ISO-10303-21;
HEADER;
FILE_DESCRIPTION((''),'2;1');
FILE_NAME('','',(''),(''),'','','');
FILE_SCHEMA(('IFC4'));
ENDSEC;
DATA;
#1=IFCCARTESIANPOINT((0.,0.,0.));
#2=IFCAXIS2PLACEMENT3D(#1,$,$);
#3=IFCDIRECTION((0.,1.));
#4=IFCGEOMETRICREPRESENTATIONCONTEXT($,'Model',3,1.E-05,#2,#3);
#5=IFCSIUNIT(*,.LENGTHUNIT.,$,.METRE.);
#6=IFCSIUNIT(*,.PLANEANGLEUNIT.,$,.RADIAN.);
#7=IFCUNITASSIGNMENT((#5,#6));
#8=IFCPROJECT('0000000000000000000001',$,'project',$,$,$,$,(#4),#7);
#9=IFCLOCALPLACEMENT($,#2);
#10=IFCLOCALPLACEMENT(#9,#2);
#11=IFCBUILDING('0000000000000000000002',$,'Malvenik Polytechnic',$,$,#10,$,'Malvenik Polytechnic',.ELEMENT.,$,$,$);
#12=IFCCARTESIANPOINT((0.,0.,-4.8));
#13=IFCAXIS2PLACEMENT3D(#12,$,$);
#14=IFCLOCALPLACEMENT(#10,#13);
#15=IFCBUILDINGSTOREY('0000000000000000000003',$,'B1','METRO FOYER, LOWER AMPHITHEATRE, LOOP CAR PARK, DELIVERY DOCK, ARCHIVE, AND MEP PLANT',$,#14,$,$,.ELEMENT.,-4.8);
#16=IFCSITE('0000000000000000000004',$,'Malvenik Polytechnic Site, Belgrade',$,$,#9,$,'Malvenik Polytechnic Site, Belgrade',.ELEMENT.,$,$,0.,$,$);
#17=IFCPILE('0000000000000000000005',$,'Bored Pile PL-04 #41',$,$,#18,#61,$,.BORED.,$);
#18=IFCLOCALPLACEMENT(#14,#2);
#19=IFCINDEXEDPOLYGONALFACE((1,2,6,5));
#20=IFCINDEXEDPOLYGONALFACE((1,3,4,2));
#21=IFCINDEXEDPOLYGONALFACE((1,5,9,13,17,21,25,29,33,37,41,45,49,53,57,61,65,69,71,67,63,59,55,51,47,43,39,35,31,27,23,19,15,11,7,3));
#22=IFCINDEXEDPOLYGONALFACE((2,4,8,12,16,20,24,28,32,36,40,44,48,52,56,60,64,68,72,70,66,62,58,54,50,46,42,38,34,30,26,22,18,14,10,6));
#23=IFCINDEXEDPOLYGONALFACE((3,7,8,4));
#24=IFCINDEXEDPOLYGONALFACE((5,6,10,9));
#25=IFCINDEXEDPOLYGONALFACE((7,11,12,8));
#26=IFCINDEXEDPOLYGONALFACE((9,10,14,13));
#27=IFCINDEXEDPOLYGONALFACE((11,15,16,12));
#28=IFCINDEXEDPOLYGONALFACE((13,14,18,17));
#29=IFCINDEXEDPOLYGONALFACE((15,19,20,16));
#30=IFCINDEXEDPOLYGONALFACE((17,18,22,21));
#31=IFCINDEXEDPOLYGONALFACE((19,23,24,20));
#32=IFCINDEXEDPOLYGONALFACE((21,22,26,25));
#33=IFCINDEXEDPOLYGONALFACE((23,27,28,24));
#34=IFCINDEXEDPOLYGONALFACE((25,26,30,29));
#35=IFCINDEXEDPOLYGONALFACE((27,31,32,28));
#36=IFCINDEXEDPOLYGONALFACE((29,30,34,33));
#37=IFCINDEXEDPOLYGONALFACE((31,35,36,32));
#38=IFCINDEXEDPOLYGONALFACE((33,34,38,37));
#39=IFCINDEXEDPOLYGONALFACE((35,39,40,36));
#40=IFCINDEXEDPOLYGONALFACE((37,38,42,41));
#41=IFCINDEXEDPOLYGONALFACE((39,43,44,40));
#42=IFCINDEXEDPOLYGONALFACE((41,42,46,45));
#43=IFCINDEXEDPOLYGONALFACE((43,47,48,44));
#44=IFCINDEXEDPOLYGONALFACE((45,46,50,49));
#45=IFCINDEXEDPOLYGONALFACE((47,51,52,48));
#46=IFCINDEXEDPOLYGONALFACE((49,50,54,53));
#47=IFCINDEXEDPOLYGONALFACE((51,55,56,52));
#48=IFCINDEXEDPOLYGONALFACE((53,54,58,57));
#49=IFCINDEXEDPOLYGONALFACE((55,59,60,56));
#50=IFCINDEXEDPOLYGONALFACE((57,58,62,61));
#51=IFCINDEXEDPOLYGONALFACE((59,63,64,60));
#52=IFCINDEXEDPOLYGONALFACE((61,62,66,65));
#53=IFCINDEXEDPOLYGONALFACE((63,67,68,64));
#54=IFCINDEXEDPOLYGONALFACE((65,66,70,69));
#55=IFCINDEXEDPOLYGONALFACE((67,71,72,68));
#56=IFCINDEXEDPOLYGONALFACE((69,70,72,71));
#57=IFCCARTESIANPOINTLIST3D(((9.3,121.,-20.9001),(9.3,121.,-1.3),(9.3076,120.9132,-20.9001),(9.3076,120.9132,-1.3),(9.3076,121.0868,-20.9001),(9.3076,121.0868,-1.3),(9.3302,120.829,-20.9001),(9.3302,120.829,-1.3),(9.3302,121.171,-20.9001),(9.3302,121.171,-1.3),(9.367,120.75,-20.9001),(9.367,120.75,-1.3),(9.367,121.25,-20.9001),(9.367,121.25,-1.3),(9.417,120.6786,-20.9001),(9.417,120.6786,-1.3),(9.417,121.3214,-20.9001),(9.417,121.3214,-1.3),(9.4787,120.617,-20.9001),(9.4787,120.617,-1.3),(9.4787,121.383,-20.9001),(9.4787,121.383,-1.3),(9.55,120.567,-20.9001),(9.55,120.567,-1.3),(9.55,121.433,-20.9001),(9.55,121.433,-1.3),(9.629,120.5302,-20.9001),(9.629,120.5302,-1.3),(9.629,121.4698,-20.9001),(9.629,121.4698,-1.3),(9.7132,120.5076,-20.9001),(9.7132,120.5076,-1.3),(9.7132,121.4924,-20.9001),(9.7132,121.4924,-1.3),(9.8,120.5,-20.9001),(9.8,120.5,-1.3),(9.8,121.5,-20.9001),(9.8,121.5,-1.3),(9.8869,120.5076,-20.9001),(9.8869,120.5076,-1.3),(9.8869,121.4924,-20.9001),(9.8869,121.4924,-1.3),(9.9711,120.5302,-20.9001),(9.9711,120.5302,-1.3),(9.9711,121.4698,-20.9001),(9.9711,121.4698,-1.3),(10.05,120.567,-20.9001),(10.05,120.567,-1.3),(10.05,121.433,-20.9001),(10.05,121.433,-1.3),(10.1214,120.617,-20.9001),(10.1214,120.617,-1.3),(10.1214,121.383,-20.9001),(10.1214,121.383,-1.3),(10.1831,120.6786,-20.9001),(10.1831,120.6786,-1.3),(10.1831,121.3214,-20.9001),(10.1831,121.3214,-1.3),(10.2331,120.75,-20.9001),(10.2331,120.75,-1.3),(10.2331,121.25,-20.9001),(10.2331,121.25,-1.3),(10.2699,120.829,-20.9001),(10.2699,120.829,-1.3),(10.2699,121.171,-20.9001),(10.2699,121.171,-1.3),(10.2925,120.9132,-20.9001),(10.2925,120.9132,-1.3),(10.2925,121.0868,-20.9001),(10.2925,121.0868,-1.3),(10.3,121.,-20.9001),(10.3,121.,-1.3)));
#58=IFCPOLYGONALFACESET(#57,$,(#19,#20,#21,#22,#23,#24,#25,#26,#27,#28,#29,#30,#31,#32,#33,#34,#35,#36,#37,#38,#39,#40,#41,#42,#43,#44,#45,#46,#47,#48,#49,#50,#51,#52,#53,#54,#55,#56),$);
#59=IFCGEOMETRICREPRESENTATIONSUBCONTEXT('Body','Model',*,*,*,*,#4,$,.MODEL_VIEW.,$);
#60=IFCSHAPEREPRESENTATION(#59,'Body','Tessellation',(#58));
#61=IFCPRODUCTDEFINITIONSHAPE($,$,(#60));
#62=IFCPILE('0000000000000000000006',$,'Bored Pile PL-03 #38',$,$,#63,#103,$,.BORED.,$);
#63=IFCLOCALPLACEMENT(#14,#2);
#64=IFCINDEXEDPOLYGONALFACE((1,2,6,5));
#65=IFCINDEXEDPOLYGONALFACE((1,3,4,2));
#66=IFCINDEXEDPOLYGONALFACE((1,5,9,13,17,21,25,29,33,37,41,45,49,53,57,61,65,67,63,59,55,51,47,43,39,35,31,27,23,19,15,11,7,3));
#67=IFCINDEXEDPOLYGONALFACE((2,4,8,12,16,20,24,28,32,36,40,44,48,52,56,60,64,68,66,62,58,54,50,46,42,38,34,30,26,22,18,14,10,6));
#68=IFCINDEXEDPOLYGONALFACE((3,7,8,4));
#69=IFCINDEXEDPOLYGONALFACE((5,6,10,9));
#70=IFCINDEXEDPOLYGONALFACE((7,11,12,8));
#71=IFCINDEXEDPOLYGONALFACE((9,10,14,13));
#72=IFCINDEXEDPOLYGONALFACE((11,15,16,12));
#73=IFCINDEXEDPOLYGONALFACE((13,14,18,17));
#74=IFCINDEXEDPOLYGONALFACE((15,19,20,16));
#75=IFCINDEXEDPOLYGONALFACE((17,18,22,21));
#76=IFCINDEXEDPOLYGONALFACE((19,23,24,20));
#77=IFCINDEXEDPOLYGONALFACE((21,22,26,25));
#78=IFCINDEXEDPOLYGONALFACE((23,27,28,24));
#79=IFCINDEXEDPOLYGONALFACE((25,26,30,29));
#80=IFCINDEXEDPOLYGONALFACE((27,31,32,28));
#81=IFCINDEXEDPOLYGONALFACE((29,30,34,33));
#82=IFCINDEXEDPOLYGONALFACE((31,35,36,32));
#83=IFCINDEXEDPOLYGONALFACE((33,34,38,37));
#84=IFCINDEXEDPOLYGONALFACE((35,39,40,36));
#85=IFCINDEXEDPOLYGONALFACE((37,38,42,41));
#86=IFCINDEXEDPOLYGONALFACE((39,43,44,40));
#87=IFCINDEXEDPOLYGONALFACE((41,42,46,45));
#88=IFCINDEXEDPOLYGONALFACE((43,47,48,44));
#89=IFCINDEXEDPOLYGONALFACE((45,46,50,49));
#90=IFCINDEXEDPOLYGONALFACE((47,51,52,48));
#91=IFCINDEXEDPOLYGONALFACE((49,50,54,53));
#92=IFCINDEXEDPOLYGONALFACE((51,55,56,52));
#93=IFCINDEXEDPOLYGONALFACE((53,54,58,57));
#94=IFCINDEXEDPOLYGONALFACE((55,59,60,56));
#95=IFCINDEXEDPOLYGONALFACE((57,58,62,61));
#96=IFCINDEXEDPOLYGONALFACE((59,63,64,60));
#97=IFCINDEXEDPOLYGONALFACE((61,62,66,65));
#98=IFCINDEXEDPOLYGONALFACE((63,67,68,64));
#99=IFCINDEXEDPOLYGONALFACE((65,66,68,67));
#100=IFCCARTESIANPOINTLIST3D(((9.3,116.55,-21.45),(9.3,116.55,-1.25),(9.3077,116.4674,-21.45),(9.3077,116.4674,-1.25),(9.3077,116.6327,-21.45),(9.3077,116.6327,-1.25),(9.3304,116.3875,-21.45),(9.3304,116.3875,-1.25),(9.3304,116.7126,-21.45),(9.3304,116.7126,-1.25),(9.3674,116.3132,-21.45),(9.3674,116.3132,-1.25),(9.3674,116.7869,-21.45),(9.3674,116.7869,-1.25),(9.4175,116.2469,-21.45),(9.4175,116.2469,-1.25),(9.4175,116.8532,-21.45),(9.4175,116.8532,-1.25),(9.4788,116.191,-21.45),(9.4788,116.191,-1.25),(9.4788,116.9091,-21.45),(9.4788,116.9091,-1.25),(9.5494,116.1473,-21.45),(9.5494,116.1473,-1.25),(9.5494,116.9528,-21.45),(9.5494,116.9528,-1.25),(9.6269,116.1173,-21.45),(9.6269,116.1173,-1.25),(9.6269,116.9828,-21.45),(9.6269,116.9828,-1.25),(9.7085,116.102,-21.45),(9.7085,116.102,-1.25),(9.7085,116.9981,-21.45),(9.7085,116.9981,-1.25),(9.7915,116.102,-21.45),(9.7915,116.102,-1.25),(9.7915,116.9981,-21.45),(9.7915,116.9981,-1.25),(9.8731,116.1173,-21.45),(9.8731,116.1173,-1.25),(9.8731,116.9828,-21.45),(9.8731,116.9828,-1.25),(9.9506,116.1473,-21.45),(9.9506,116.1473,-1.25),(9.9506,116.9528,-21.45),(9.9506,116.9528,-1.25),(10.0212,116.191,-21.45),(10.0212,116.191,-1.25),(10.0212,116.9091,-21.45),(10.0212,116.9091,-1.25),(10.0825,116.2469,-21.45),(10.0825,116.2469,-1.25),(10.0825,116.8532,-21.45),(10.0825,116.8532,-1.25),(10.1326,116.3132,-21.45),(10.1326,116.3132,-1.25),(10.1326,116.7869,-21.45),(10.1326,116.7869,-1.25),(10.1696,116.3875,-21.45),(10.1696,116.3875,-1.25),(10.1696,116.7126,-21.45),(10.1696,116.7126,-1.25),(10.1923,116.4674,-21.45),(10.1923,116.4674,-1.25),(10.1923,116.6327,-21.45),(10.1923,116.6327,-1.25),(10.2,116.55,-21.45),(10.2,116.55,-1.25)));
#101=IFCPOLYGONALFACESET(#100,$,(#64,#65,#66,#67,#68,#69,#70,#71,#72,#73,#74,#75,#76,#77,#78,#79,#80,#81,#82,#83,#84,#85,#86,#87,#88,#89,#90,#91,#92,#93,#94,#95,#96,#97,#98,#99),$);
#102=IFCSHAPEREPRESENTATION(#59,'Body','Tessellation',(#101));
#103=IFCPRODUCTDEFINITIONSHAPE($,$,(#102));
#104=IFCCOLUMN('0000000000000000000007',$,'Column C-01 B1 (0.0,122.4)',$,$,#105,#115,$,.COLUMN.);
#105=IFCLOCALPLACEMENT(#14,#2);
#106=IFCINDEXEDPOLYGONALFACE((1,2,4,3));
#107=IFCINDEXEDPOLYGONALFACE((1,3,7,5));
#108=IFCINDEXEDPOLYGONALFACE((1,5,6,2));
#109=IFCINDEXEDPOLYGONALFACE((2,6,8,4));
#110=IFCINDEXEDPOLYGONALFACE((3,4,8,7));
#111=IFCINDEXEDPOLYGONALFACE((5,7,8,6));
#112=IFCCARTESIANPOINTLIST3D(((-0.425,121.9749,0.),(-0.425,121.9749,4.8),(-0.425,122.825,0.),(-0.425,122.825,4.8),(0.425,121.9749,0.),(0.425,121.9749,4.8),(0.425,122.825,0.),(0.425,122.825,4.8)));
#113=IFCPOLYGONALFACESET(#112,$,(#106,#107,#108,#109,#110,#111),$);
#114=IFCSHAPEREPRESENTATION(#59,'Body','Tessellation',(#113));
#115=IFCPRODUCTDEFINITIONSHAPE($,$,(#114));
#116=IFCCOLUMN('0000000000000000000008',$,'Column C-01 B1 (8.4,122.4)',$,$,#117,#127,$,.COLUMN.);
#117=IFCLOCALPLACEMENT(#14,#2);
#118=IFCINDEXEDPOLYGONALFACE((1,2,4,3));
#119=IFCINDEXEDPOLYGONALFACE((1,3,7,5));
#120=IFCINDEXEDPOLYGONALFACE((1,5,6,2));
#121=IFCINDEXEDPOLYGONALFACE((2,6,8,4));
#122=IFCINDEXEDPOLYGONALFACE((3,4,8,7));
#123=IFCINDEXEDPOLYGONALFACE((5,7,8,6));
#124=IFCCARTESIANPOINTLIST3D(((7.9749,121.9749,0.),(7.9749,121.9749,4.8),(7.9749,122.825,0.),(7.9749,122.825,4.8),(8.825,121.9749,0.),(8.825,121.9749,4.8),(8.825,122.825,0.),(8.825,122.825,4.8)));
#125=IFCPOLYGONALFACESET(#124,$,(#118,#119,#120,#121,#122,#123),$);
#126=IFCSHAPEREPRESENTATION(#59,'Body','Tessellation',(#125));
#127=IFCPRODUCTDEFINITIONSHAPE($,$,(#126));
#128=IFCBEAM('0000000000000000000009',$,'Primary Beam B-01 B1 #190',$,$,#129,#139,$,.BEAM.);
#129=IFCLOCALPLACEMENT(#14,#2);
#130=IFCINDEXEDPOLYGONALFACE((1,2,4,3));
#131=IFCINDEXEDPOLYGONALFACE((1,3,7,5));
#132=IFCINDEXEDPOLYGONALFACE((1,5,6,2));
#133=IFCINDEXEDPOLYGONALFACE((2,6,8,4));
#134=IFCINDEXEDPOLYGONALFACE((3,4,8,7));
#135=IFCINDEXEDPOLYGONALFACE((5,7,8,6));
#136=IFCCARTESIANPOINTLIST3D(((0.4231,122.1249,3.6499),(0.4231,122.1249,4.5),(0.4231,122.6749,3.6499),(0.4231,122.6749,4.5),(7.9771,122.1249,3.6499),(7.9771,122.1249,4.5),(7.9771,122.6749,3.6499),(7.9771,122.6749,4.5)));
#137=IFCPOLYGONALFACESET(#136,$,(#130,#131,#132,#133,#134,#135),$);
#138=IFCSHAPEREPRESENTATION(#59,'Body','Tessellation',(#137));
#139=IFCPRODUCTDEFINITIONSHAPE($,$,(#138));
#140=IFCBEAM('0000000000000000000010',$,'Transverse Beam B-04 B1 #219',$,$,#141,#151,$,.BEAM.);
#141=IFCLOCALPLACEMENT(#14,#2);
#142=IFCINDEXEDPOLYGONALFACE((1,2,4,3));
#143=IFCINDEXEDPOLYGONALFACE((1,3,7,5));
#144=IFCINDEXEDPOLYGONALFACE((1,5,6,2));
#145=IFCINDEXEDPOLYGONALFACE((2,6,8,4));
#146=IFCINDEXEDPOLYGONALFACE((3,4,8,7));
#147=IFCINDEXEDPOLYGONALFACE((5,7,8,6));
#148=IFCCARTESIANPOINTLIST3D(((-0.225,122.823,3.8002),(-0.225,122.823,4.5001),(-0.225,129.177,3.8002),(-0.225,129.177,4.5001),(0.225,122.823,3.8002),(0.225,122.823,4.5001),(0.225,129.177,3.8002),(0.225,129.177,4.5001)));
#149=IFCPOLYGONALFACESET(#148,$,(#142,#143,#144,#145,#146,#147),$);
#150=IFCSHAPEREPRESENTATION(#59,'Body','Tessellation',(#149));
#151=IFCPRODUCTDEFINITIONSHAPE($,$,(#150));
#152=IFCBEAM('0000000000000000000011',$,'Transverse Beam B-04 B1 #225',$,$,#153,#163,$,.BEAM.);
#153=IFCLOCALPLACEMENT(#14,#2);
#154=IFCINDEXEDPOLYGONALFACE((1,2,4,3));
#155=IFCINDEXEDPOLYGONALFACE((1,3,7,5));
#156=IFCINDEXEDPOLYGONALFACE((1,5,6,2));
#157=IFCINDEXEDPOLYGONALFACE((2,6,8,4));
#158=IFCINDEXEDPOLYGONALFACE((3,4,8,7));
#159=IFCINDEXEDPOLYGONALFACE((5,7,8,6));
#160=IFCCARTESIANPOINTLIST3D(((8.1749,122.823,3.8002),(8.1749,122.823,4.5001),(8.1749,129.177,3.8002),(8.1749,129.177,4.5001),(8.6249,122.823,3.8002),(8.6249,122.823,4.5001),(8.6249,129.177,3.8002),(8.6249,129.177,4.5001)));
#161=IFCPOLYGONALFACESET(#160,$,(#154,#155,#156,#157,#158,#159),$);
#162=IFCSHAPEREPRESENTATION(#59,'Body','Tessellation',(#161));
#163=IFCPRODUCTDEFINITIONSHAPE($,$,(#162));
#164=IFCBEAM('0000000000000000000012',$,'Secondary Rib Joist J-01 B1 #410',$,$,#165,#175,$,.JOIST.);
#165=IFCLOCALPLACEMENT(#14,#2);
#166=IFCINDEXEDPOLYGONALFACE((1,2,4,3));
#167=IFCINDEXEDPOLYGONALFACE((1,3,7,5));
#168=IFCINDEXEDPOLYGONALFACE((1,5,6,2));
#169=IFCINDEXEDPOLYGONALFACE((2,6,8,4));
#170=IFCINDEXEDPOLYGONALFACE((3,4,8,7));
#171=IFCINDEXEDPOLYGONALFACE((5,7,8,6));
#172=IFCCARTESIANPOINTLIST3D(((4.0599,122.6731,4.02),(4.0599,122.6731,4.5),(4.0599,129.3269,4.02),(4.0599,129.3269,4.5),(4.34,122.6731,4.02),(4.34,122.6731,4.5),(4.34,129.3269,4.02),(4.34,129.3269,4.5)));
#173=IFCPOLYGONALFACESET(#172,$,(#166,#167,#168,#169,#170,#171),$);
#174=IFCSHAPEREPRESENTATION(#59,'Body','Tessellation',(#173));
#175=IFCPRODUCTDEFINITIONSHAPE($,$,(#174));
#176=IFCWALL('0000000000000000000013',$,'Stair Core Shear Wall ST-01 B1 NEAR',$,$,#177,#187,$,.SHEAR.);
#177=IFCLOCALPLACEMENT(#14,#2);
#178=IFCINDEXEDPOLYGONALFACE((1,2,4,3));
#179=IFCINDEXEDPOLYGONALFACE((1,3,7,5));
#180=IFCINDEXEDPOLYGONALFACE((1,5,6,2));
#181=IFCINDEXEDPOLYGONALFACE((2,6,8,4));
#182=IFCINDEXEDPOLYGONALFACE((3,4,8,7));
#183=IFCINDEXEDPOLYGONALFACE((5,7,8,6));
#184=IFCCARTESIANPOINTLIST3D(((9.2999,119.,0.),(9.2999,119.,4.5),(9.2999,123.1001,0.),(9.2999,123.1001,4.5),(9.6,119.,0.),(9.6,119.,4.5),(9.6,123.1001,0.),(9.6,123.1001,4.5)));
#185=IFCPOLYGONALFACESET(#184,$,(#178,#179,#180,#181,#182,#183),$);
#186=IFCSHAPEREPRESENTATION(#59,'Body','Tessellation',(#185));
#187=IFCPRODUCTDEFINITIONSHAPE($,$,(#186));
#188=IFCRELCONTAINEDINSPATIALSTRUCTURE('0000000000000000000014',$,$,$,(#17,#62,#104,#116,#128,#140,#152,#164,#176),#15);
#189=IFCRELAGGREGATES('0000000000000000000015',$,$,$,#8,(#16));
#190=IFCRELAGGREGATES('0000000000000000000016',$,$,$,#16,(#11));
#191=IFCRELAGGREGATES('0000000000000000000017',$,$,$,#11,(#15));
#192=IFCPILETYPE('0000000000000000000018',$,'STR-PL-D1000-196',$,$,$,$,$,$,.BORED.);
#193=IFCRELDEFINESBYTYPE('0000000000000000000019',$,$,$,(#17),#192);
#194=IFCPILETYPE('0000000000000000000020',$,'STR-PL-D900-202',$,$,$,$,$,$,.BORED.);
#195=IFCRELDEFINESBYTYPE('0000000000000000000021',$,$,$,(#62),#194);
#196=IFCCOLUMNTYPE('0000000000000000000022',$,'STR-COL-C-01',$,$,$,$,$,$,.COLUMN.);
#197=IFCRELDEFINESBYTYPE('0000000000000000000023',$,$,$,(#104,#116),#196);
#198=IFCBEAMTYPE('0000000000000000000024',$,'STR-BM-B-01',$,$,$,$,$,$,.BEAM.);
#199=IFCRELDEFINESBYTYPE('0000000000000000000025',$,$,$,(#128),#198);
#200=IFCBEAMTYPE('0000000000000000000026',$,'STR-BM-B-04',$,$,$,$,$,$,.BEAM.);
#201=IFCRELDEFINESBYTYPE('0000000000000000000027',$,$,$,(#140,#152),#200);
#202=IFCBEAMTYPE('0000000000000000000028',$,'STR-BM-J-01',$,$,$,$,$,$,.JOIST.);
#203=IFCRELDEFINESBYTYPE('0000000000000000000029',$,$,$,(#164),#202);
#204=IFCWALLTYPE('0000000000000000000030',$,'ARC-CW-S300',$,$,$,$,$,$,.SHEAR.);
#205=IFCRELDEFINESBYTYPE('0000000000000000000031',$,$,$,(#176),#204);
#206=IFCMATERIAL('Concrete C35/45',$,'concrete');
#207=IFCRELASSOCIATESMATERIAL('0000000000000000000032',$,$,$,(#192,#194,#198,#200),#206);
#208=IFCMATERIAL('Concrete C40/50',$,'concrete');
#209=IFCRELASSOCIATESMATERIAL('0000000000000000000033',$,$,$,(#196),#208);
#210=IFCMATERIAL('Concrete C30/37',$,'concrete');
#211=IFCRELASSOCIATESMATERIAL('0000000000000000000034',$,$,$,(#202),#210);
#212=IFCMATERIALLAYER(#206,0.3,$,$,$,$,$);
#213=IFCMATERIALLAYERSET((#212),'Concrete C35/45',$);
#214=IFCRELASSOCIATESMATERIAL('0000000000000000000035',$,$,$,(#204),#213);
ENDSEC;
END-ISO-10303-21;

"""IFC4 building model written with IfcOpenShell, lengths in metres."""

from ifc_helpers import new_model, si_unit, direction, frame, frame_2d, origin, origin_2d, place, context, subcontext, project, spatial, rectangle, circle, extrude, material, layer, layer_set, material_profile, profile_set, type_object, element, save


model = new_model("IFC4")

# Units and contexts
model_context = context("Model", 3, precision=1e-05, world=origin(), true_north=direction((0.0, 1.0)))
body_context = subcontext(model_context, "Body", "Model", "MODEL_VIEW")
ifc_project = project(units=[si_unit("LENGTHUNIT", "METRE"), si_unit("PLANEANGLEUNIT", "RADIAN")], contexts=[model_context])

# Site, building, storey
site_placement = place(None, origin())
site = spatial("IfcSite", under=ifc_project, at=site_placement, Name="Malvenik Polytechnic Site, Belgrade", LongName="Malvenik Polytechnic Site, Belgrade", CompositionType="ELEMENT", RefElevation=0.0)
building_placement = place(site_placement, origin())
building = spatial("IfcBuilding", under=site, at=building_placement, Name="Malvenik Polytechnic", LongName="Malvenik Polytechnic", CompositionType="ELEMENT")
storey_placement = place(building_placement, frame((0.0, 0.0, -4.8)))
storey = spatial("IfcBuildingStorey", under=building, at=storey_placement, Name="B1", Description="METRO FOYER, LOWER AMPHITHEATRE, LOOP CAR PARK, DELIVERY DOCK, ARCHIVE, AND MEP PLANT", CompositionType="ELEMENT", Elevation=-4.8)

# Shared definitions
ifc_material_1 = material(Name="Concrete C35/45", Category="concrete")

# Piles
ifc_material_profile_1 = material_profile(ifc_material_1, circle(Radius=0.5, at=origin_2d()), Name="BORED PILE D1000")
ifc_profile_set_1 = profile_set([ifc_material_profile_1], Name="Concrete C35/45")
pile_type_1 = type_object("IfcPileType", Name="STR-PL-D1000-196", PredefinedType="BORED", material=ifc_profile_set_1)
for number, where, z_axis, x_axis, name in (
    (1, (9.8, 121.0, -1.3), (0.0, 0.0, -1.0), (1.0, 0.0, 0.0), "Bored Pile PL-04 #41"),
):
    element("IfcPile", number, at=place(storey_placement, frame(where, z_axis=z_axis, x_axis=x_axis)), inside=storey, type_object=pile_type_1, Name=name, PredefinedType="BORED", context=body_context, shape_type="SweptSolid", body=[
        extrude(circle(Radius=0.5, at=origin_2d()), origin(), (0.0, 0.0, 1.0), 19.6001),
    ])
ifc_material_profile_2 = material_profile(ifc_material_1, circle(Radius=0.45, at=origin_2d()), Name="BORED PILE D900")
ifc_profile_set_2 = profile_set([ifc_material_profile_2], Name="Concrete C35/45")
pile_type_2 = type_object("IfcPileType", Name="STR-PL-D900-202", PredefinedType="BORED", material=ifc_profile_set_2)
pile_placement = place(storey_placement, frame((9.75, 116.55, -1.25), z_axis=(0.0, 0.0, -1.0), x_axis=(1.0, 0.0, 0.0)))
element("IfcPile", 2, at=pile_placement, inside=storey, type_object=pile_type_2, Name="Bored Pile PL-03 #38", PredefinedType="BORED", context=body_context, shape_type="SweptSolid", body=[
    extrude(circle(Radius=0.45, at=origin_2d()), origin(), (0.0, 0.0, 1.0), 20.2),
])

# Columns
ifc_material_2 = material(Name="Concrete C40/50", Category="concrete")
ifc_material_profile_3 = material_profile(ifc_material_2, rectangle(XDim=0.8501, YDim=0.8501, at=origin_2d()), Name="RC COL 850x850")
ifc_profile_set_3 = profile_set([ifc_material_profile_3], Name="Concrete C40/50")
column_type = type_object("IfcColumnType", Name="STR-COL-C-01", PredefinedType="COLUMN", material=ifc_profile_set_3)
for number, where, z_axis, x_axis, name in (
    (3, (0.0, 122.3999, 0.0), (0.0, 0.0, 1.0), (1.0, 0.0, 0.0), "Column C-01 B1 (0.0,122.4)"),
    (4, (8.3999, 122.3999, 0.0), (0.0, 0.0, 1.0), (1.0, 0.0, 0.0), "Column C-01 B1 (8.4,122.4)"),
):
    element("IfcColumn", number, at=place(storey_placement, frame(where, z_axis=z_axis, x_axis=x_axis)), inside=storey, type_object=column_type, Name=name, PredefinedType="COLUMN", context=body_context, shape_type="SweptSolid", body=[
        extrude(rectangle(XDim=0.8501, YDim=0.8501, at=origin_2d()), origin(), (0.0, 0.0, 1.0), 4.8),
    ])

# Beams
ifc_material_profile_4 = material_profile(ifc_material_1, rectangle(XDim=0.55, YDim=0.8501, at=origin_2d()), Name="RC BM 550x850")
ifc_profile_set_4 = profile_set([ifc_material_profile_4], Name="Concrete C35/45")
beam_type_1 = type_object("IfcBeamType", Name="STR-BM-B-01", PredefinedType="BEAM", material=ifc_profile_set_4)
beam_1_placement = place(storey_placement, frame((0.4231, 122.3999, 4.075), z_axis=(1.0, 0.0, 0.0), x_axis=(0.0, 1.0, 0.0)))
element("IfcBeam", 5, at=beam_1_placement, inside=storey, type_object=beam_type_1, Name="Primary Beam B-01 B1 #190", PredefinedType="BEAM", context=body_context, shape_type="SweptSolid", body=[
    extrude(rectangle(XDim=0.55, YDim=0.8501, at=origin_2d()), origin(), (0.0, 0.0, 1.0), 7.554),
])
ifc_material_profile_5 = material_profile(ifc_material_1, rectangle(XDim=0.45, YDim=0.7, at=origin_2d()), Name="RC BM 450x700")
ifc_profile_set_5 = profile_set([ifc_material_profile_5], Name="Concrete C35/45")
beam_type_2 = type_object("IfcBeamType", Name="STR-BM-B-04", PredefinedType="BEAM", material=ifc_profile_set_5)
for number, where, z_axis, x_axis, name in (
    (6, (0.0, 122.823, 4.1501), (0.0, 1.0, 0.0), (-1.0, 0.0, 0.0), "Transverse Beam B-04 B1 #219"),
    (7, (8.3999, 122.823, 4.1501), (0.0, 1.0, 0.0), (-1.0, 0.0, 0.0), "Transverse Beam B-04 B1 #225"),
):
    element("IfcBeam", number, at=place(storey_placement, frame(where, z_axis=z_axis, x_axis=x_axis)), inside=storey, type_object=beam_type_2, Name=name, PredefinedType="BEAM", context=body_context, shape_type="SweptSolid", body=[
        extrude(rectangle(XDim=0.45, YDim=0.7, at=origin_2d()), origin(), (0.0, 0.0, 1.0), 6.354),
    ])
ifc_material_3 = material(Name="Concrete C30/37", Category="concrete")
ifc_material_profile_6 = material_profile(ifc_material_3, rectangle(XDim=0.28, YDim=0.48, at=origin_2d()), Name="RC JST 280x480")
ifc_profile_set_6 = profile_set([ifc_material_profile_6], Name="Concrete C30/37")
beam_type_3 = type_object("IfcBeamType", Name="STR-BM-J-01", PredefinedType="JOIST", material=ifc_profile_set_6)
beam_2_placement = place(storey_placement, frame((4.2, 122.6731, 4.26), z_axis=(0.0, 1.0, 0.0), x_axis=(-1.0, 0.0, 0.0)))
element("IfcBeam", 8, at=beam_2_placement, inside=storey, type_object=beam_type_3, Name="Secondary Rib Joist J-01 B1 #410", PredefinedType="JOIST", context=body_context, shape_type="SweptSolid", body=[
    extrude(rectangle(XDim=0.28, YDim=0.48, at=origin_2d()), origin(), (0.0, 0.0, 1.0), 6.6538),
])

# Wall
ifc_layer_1 = layer(ifc_material_1, 0.3)
ifc_layer_set_1 = layer_set([ifc_layer_1], Name="Concrete C35/45")
wall_type_1 = type_object("IfcWallType", Name="ARC-CW-S300", PredefinedType="SHEAR", material=ifc_layer_set_1)
wall_1_placement = place(storey_placement, frame((9.45, 119.0, 0.0), z_axis=(0.0, 0.0, 1.0), x_axis=(0.0, 1.0, 0.0)))
element("IfcWall", 9, at=wall_1_placement, inside=storey, type_object=wall_type_1, Name="Stair Core Shear Wall ST-01 B1 NEAR", PredefinedType="SHEAR", context=body_context, shape_type="SweptSolid", body=[
    extrude(rectangle(XDim=4.1001, YDim=0.3, at=frame_2d((2.05, 0.0))), origin(), (0.0, 0.0, 1.0), 4.5),
])

save(model, "model.ifc")
